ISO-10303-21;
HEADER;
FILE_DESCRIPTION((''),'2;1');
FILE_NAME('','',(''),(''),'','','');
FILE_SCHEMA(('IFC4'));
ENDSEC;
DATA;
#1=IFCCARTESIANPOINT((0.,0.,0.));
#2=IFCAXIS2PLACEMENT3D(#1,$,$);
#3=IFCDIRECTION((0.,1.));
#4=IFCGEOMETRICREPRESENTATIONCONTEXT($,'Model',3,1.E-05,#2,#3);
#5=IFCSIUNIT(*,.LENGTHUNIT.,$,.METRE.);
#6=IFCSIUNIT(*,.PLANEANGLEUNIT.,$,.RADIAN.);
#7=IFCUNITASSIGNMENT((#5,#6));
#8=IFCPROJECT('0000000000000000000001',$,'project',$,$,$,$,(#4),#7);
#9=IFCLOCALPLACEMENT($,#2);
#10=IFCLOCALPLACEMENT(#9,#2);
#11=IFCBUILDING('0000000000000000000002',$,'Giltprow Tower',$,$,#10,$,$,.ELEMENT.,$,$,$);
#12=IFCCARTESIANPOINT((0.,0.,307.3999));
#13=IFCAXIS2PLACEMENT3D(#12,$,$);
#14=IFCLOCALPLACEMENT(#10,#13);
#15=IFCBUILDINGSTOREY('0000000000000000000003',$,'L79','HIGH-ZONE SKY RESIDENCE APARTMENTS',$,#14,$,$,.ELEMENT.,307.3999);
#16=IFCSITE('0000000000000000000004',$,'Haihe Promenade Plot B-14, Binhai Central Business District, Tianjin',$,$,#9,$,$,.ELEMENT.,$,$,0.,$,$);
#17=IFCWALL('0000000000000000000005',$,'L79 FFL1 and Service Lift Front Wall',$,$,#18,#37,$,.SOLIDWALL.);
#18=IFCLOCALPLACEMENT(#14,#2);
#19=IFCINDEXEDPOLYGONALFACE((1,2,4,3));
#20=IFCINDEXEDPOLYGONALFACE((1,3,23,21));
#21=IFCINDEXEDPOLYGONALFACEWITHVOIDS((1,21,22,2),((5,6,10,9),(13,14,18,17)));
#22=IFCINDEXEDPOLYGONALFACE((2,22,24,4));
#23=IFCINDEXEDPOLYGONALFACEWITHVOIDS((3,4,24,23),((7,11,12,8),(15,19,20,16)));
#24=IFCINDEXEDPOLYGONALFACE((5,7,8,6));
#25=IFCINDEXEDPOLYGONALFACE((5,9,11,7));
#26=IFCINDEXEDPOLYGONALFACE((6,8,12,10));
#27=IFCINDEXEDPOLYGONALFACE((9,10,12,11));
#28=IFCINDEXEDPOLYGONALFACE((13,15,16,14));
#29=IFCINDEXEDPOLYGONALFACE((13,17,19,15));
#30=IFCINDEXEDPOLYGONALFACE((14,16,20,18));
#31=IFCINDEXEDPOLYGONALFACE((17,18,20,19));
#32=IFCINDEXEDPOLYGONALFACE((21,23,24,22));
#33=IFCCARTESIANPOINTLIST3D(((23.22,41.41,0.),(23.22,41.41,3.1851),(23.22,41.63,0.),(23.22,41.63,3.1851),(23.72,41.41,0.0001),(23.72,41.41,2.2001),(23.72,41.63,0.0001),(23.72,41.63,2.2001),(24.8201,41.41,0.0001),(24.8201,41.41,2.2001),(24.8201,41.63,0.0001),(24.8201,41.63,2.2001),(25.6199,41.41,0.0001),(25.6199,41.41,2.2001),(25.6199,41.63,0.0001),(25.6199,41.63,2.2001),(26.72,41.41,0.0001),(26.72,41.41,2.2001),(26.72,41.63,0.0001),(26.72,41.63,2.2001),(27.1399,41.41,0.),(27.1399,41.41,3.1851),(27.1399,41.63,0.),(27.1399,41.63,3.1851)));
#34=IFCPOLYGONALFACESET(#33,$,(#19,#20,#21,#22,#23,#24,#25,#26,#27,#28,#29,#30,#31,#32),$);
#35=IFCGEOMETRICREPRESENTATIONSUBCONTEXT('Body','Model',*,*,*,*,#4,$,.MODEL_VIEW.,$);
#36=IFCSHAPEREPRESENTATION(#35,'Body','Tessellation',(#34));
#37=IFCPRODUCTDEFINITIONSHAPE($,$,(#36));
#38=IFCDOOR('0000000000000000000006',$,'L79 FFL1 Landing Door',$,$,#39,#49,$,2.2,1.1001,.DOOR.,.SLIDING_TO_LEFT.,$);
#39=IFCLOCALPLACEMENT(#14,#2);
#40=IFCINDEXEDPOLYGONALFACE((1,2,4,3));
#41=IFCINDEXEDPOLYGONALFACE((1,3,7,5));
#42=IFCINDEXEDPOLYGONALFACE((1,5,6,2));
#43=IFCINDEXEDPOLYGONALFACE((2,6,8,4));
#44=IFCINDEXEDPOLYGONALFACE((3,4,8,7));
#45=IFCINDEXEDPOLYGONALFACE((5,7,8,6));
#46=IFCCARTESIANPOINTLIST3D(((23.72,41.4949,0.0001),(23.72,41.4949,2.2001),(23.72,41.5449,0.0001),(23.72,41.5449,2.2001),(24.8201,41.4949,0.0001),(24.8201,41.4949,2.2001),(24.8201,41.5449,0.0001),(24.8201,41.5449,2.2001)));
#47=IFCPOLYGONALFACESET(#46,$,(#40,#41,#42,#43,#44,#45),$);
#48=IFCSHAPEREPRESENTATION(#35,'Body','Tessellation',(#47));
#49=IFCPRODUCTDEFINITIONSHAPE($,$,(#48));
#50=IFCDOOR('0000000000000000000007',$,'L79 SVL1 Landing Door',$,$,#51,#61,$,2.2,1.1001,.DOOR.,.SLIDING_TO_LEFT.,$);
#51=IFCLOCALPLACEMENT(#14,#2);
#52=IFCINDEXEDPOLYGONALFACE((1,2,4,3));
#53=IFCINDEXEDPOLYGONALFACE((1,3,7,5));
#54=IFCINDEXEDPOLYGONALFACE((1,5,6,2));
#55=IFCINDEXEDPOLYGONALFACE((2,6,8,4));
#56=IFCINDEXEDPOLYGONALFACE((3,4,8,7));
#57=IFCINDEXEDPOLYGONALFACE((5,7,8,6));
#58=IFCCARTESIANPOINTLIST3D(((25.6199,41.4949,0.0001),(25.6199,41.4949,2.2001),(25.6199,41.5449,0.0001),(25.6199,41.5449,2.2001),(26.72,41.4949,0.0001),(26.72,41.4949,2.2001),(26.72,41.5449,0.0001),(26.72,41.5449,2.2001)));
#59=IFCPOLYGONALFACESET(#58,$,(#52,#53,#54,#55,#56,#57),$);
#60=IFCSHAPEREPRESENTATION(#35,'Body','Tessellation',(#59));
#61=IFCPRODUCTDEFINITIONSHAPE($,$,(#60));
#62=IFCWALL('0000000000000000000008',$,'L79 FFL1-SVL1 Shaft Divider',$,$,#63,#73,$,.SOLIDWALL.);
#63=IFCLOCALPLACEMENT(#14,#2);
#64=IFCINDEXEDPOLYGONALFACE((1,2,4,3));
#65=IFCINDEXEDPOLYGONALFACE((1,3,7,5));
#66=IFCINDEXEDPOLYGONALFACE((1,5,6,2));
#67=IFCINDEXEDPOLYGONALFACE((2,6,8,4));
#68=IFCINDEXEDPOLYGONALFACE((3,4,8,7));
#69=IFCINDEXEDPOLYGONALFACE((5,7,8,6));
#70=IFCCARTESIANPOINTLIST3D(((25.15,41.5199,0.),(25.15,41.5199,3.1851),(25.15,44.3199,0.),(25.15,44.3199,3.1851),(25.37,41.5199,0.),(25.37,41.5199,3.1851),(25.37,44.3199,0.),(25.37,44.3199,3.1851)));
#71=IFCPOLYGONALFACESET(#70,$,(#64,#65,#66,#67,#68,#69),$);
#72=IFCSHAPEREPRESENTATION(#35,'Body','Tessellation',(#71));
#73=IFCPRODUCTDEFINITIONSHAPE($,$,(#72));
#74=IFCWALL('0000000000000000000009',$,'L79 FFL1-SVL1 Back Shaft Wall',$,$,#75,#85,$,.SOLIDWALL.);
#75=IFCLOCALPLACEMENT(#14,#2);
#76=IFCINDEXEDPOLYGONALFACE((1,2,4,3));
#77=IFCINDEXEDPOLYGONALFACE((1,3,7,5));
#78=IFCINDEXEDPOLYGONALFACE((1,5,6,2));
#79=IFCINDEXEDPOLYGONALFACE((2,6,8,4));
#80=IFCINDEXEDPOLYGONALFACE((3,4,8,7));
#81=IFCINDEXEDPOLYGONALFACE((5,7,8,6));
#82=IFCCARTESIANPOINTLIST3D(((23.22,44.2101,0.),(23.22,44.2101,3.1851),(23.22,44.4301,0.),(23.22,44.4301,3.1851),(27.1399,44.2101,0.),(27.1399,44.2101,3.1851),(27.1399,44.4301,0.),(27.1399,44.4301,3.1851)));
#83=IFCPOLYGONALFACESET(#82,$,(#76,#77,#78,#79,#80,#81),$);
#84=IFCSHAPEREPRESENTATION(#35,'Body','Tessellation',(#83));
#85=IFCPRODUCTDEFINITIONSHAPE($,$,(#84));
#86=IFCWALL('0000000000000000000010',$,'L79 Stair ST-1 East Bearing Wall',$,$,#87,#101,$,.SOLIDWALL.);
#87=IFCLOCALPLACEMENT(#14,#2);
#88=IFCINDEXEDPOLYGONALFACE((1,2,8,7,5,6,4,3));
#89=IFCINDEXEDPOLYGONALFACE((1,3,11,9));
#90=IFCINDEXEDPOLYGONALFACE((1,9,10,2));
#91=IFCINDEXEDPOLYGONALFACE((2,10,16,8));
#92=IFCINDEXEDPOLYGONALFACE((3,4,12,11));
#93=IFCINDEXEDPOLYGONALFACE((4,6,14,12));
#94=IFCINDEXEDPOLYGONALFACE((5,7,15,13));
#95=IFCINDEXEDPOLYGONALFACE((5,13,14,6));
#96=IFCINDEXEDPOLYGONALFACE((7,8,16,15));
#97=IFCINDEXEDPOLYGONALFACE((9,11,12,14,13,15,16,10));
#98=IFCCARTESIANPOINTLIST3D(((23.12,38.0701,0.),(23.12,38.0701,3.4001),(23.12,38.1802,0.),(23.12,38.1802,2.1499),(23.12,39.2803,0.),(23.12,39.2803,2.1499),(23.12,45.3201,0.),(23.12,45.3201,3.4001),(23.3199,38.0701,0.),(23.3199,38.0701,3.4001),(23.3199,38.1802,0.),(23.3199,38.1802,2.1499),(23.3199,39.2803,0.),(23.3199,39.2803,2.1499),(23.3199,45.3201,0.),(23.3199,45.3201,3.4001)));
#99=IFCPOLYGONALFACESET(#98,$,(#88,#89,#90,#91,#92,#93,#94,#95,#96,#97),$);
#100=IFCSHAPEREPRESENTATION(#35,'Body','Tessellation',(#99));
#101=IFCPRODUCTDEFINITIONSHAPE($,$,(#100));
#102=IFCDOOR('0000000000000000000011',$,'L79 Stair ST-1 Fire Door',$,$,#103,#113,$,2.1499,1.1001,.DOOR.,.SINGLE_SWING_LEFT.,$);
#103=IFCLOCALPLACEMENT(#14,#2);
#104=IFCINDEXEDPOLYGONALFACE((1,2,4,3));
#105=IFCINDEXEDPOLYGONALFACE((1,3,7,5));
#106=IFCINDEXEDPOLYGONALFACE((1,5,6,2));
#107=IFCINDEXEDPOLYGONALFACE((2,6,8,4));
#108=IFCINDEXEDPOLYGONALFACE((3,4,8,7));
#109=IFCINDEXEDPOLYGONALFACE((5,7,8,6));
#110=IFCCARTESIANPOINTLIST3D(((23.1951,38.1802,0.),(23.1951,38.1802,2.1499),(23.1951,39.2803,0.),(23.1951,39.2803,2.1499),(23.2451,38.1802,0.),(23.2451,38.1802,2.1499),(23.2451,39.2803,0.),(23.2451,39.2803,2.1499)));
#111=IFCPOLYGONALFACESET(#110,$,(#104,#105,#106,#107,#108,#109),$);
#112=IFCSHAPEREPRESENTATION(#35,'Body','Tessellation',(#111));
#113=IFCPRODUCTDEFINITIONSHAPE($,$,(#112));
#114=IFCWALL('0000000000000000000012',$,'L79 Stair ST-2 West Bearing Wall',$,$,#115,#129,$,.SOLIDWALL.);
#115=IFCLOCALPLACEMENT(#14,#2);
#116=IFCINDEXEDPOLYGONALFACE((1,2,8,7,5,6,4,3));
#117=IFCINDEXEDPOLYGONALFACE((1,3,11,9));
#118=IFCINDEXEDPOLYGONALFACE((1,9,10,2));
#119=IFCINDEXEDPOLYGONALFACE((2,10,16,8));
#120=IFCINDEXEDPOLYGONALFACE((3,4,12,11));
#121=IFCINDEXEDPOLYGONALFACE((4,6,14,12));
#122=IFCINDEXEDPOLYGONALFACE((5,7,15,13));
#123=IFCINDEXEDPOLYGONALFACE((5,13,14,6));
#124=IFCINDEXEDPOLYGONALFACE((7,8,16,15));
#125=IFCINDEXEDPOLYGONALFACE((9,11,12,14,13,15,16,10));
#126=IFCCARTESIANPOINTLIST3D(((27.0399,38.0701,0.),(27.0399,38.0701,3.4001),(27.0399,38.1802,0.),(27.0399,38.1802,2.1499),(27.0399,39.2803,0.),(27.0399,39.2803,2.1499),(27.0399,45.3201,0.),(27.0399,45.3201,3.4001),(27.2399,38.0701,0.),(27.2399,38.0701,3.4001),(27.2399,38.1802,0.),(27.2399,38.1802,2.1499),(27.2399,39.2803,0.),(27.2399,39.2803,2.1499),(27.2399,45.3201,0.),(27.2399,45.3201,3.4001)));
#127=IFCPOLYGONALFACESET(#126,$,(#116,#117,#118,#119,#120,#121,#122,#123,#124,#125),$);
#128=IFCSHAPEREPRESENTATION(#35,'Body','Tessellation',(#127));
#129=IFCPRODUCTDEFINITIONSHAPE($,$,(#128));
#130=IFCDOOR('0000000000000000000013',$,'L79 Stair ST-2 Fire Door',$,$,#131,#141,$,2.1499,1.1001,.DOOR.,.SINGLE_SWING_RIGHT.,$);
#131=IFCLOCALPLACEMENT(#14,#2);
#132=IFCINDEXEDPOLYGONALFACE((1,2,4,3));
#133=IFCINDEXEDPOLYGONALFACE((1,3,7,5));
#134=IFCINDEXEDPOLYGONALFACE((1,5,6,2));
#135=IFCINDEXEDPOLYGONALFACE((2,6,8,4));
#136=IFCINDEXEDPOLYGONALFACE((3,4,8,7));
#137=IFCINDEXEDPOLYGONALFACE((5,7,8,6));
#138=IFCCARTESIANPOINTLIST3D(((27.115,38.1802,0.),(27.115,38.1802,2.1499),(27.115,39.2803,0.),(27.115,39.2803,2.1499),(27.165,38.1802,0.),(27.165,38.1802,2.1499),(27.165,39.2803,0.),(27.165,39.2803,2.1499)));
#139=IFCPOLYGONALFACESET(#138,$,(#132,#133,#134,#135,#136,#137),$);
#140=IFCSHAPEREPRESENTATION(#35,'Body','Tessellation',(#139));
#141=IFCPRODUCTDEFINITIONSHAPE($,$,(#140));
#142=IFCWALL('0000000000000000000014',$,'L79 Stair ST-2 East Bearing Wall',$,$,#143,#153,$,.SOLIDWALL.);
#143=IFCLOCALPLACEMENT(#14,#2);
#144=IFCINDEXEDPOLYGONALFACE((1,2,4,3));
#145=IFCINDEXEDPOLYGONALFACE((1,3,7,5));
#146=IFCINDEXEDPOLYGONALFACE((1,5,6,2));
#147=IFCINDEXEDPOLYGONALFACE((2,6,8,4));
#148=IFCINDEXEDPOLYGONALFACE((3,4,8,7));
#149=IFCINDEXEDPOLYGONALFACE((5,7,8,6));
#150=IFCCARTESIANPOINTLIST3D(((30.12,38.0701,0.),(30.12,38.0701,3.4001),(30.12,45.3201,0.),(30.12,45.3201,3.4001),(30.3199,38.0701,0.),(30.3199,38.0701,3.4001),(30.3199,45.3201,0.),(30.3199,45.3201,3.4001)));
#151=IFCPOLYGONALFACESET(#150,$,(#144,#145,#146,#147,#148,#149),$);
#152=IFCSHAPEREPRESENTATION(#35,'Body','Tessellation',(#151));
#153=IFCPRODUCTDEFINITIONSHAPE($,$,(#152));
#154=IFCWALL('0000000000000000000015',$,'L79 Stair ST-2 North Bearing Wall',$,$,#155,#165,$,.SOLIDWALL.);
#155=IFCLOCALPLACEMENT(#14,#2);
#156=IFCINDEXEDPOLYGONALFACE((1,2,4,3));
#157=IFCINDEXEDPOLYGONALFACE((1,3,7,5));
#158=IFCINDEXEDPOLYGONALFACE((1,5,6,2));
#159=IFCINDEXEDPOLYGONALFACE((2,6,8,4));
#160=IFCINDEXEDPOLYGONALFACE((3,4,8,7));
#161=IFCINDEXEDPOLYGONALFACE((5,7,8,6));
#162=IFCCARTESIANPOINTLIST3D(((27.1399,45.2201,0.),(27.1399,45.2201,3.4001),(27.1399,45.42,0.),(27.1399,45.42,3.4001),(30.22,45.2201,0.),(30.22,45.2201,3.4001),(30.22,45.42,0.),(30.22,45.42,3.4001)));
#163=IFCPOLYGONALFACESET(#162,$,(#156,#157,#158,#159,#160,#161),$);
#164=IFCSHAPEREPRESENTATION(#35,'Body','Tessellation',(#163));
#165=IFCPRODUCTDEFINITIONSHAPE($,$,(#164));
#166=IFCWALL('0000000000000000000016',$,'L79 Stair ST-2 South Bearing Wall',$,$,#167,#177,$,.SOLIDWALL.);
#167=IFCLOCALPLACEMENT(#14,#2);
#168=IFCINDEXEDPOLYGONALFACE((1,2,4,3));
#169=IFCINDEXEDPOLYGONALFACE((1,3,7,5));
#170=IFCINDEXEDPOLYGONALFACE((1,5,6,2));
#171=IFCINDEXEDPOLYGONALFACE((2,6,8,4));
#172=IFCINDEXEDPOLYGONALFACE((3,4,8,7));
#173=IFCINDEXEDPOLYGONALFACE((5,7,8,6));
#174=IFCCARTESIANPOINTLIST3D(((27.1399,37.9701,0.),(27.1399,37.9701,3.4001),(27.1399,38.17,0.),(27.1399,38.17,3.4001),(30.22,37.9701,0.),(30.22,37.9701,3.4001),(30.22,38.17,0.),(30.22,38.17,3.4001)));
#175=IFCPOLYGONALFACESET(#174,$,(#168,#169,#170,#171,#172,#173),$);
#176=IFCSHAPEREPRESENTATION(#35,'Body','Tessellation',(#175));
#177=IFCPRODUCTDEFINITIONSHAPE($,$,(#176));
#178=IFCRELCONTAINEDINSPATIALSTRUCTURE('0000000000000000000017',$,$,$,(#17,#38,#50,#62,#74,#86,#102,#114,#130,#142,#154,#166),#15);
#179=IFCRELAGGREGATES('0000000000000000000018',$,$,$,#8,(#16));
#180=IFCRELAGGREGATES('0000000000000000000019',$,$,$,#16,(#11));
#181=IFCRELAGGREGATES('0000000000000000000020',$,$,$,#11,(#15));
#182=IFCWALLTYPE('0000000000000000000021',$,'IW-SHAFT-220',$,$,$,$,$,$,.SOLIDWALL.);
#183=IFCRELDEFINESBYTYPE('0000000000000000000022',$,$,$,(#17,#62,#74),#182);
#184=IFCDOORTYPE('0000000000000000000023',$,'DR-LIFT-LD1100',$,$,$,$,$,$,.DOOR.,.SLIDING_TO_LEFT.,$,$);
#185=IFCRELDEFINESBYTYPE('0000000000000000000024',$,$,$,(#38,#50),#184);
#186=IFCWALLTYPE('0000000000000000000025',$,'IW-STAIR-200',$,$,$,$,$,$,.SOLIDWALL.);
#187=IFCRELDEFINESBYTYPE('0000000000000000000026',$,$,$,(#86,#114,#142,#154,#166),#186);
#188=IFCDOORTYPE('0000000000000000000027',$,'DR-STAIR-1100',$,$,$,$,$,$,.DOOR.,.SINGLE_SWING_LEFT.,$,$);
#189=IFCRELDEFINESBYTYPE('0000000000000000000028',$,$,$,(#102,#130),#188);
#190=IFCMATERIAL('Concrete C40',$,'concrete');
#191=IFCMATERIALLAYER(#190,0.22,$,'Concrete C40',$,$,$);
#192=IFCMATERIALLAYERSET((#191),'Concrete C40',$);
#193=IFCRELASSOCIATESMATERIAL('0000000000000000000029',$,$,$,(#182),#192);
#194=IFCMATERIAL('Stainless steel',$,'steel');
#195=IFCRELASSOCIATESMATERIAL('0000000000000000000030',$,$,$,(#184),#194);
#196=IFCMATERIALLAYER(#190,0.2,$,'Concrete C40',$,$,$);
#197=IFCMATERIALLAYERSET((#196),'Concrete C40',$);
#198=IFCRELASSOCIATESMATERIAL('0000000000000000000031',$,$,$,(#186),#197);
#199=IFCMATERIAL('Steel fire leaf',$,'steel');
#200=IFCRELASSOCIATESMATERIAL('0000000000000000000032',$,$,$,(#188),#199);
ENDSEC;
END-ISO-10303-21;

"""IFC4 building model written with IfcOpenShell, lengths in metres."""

from ifc_helpers import new_model, si_unit, direction, frame, frame_2d, origin, place, context, subcontext, project, spatial, rectangle, extrude, source, transform, mapped, material, layer, layer_set, type_object, element, fill, save


model = new_model("IFC4")

# Units and contexts
model_context = context("Model", 3, precision=1e-05, world=origin(), true_north=direction((0.0, 1.0)))
body_context = subcontext(model_context, "Body", "Model", "MODEL_VIEW")
ifc_project = project(units=[si_unit("LENGTHUNIT", "METRE"), si_unit("PLANEANGLEUNIT", "RADIAN")], contexts=[model_context])

# Site, building, storey
site_placement = place(None, origin())
site = spatial("IfcSite", under=ifc_project, at=site_placement, Name="Haihe Promenade Plot B-14, Binhai Central Business District, Tianjin", CompositionType="ELEMENT", RefElevation=0.0)
building_placement = place(site_placement, origin())
building = spatial("IfcBuilding", under=site, at=building_placement, Name="Giltprow Tower", CompositionType="ELEMENT")
storey_placement = place(building_placement, frame((0.0, 0.0, 307.3999)))
storey = spatial("IfcBuildingStorey", under=building, at=storey_placement, Name="L79", Description="HIGH-ZONE SKY RESIDENCE APARTMENTS", CompositionType="ELEMENT", Elevation=307.3999)

# Wall, openings, doors
ifc_material_1 = material(Name="Concrete C40", Category="concrete")
ifc_layer_1 = layer(ifc_material_1, 0.22, Name="Concrete C40")
ifc_layer_set_1 = layer_set([ifc_layer_1], Name="Concrete C40")
wall_type_1 = type_object("IfcWallType", Name="IW-SHAFT-220", PredefinedType="SOLIDWALL", material=ifc_layer_set_1)
wall_1_placement = place(storey_placement, frame((23.22, 41.52, 0.0), z_axis=(0.0, 0.0, 1.0), x_axis=(1.0, 0.0, 0.0)))
wall_1 = element("IfcWall", 1, at=wall_1_placement, inside=storey, type_object=wall_type_1, Name="L79 FFL1 and Service Lift Front Wall", PredefinedType="SOLIDWALL", context=body_context, shape_type="SweptSolid", body=[
    extrude(rectangle(XDim=3.9199, YDim=0.22, at=frame_2d((1.96, 0.0))), origin(), (0.0, 0.0, 1.0), 3.1851),
])
opening_1_placement = place(wall_1_placement, frame((0.5, 0.0, 0.0)))
opening_1 = element("IfcOpeningElement", 2, at=opening_1_placement, cuts=wall_1, PredefinedType="OPENING", context=body_context, shape_type="SweptSolid", body=[
    extrude(rectangle(XDim=1.1001, YDim=2.2, at=frame_2d((0.55, 1.1001))), frame((0.0, 0.1199, 0.0), z_axis=(0.0, -1.0, 0.0), x_axis=(1.0, 0.0, 0.0)), (0.0, 0.0, 1.0), 0.24),
])
opening_2_placement = place(wall_1_placement, frame((2.3999, 0.0, 0.0)))
opening_2 = element("IfcOpeningElement", 3, at=opening_2_placement, cuts=wall_1, PredefinedType="OPENING", context=body_context, shape_type="SweptSolid", body=[
    extrude(rectangle(XDim=1.1001, YDim=2.2, at=frame_2d((0.55, 1.1001))), frame((0.0, 0.1199, 0.0), z_axis=(0.0, -1.0, 0.0), x_axis=(1.0, 0.0, 0.0)), (0.0, 0.0, 1.0), 0.24),
])
ifc_material_2 = material(Name="Stainless steel", Category="steel")
door_type_1 = type_object("IfcDoorType", Name="DR-LIFT-LD1100", OperationType="SLIDING_TO_LEFT", PredefinedType="DOOR", material=ifc_material_2)
shared_shape_1 = source(origin(), body_context, "Body", "SweptSolid", [
    extrude(rectangle(XDim=1.1001, YDim=2.2, at=frame_2d((0.55, 1.1001))), frame((0.0, 0.0249, 0.0), z_axis=(0.0, -1.0, 0.0), x_axis=(1.0, 0.0, 0.0)), (0.0, 0.0, 1.0), 0.05),
])
door_1_placement = place(opening_1_placement, origin())
door_1 = element("IfcDoor", 4, at=door_1_placement, inside=storey, type_object=door_type_1, Name="L79 FFL1 Landing Door", OperationType="SLIDING_TO_LEFT", OverallHeight=2.2, OverallWidth=1.1001, PredefinedType="DOOR", context=body_context, shape_type="MappedRepresentation", body=[
    mapped(shared_shape_1, transform((0.0, 0.0, 0.0), x_axis=(1.0, 0.0, 0.0), y_axis=(0.0, 1.0, 0.0), z_axis=(0.0, 0.0, 1.0), scale=1.0)),
])
fill(opening_1, door_1)
door_2_placement = place(opening_2_placement, origin())
door_2 = element("IfcDoor", 5, at=door_2_placement, inside=storey, type_object=door_type_1, Name="L79 SVL1 Landing Door", OperationType="SLIDING_TO_LEFT", OverallHeight=2.2, OverallWidth=1.1001, PredefinedType="DOOR", context=body_context, shape_type="MappedRepresentation", body=[
    mapped(shared_shape_1, transform((0.0, 0.0, 0.0), x_axis=(1.0, 0.0, 0.0), y_axis=(0.0, 1.0, 0.0), z_axis=(0.0, 0.0, 1.0), scale=1.0)),
])
fill(opening_2, door_2)

# Walls
wall_2_placement = place(storey_placement, frame((25.26, 41.52, 0.0), z_axis=(0.0, 0.0, 1.0), x_axis=(0.0, 1.0, 0.0)))
element("IfcWall", 6, at=wall_2_placement, inside=storey, type_object=wall_type_1, Name="L79 FFL1-SVL1 Shaft Divider", PredefinedType="SOLIDWALL", context=body_context, shape_type="SweptSolid", body=[
    extrude(rectangle(XDim=2.8, YDim=0.22, at=frame_2d((1.3999, 0.0))), origin(), (0.0, 0.0, 1.0), 3.1851),
])
wall_3_placement = place(storey_placement, frame((23.22, 44.3201, 0.0), z_axis=(0.0, 0.0, 1.0), x_axis=(1.0, 0.0, 0.0)))
element("IfcWall", 7, at=wall_3_placement, inside=storey, type_object=wall_type_1, Name="L79 FFL1-SVL1 Back Shaft Wall", PredefinedType="SOLIDWALL", context=body_context, shape_type="SweptSolid", body=[
    extrude(rectangle(XDim=3.9199, YDim=0.22, at=frame_2d((1.96, 0.0))), origin(), (0.0, 0.0, 1.0), 3.1851),
])

# Walls, openings, doors
ifc_layer_2 = layer(ifc_material_1, 0.2, Name="Concrete C40")
ifc_layer_set_2 = layer_set([ifc_layer_2], Name="Concrete C40")
wall_type_2 = type_object("IfcWallType", Name="IW-STAIR-200", PredefinedType="SOLIDWALL", material=ifc_layer_set_2)
wall_4_placement = place(storey_placement, frame((23.22, 38.0701, 0.0), z_axis=(0.0, 0.0, 1.0), x_axis=(0.0, 1.0, 0.0)))
wall_4 = element("IfcWall", 8, at=wall_4_placement, inside=storey, type_object=wall_type_2, Name="L79 Stair ST-1 East Bearing Wall", PredefinedType="SOLIDWALL", context=body_context, shape_type="SweptSolid", body=[
    extrude(rectangle(XDim=7.25, YDim=0.2, at=frame_2d((3.625, 0.0))), origin(), (0.0, 0.0, 1.0), 3.4001),
])
opening_3_placement = place(wall_4_placement, frame((0.1101, 0.0, 0.0)))
opening_3 = element("IfcOpeningElement", 9, at=opening_3_placement, cuts=wall_4, PredefinedType="OPENING", context=body_context, shape_type="SweptSolid", body=[
    extrude(rectangle(XDim=1.1001, YDim=2.1499, at=frame_2d((0.55, 1.075))), frame((0.0, 0.1099, 0.0), z_axis=(0.0, -1.0, 0.0), x_axis=(1.0, 0.0, 0.0)), (0.0, 0.0, 1.0), 0.22),
])
ifc_material_3 = material(Name="Steel fire leaf", Category="steel")
door_type_2 = type_object("IfcDoorType", Name="DR-STAIR-1100", OperationType="SINGLE_SWING_LEFT", PredefinedType="DOOR", material=ifc_material_3)
shared_shape_2 = source(origin(), body_context, "Body", "SweptSolid", [
    extrude(rectangle(XDim=1.1001, YDim=2.1499, at=frame_2d((0.55, 1.075))), frame((0.0, 0.0249, 0.0), z_axis=(0.0, -1.0, 0.0), x_axis=(1.0, 0.0, 0.0)), (0.0, 0.0, 1.0), 0.05),
])
door_3_placement = place(opening_3_placement, origin())
door_3 = element("IfcDoor", 10, at=door_3_placement, inside=storey, type_object=door_type_2, Name="L79 Stair ST-1 Fire Door", OperationType="SINGLE_SWING_LEFT", OverallHeight=2.1499, OverallWidth=1.1001, PredefinedType="DOOR", context=body_context, shape_type="MappedRepresentation", body=[
    mapped(shared_shape_2, transform((0.0, 0.0, 0.0), x_axis=(1.0, 0.0, 0.0), y_axis=(0.0, 1.0, 0.0), z_axis=(0.0, 0.0, 1.0), scale=1.0)),
])
fill(opening_3, door_3)
wall_5_placement = place(storey_placement, frame((27.1399, 38.0701, 0.0), z_axis=(0.0, 0.0, 1.0), x_axis=(0.0, 1.0, 0.0)))
wall_5 = element("IfcWall", 11, at=wall_5_placement, inside=storey, type_object=wall_type_2, Name="L79 Stair ST-2 West Bearing Wall", PredefinedType="SOLIDWALL", context=body_context, shape_type="SweptSolid", body=[
    extrude(rectangle(XDim=7.25, YDim=0.2, at=frame_2d((3.625, 0.0))), origin(), (0.0, 0.0, 1.0), 3.4001),
])
opening_4_placement = place(wall_5_placement, frame((0.1101, 0.0, 0.0)))
opening_4 = element("IfcOpeningElement", 12, at=opening_4_placement, cuts=wall_5, PredefinedType="OPENING", context=body_context, shape_type="SweptSolid", body=[
    extrude(rectangle(XDim=1.1001, YDim=2.1499, at=frame_2d((0.55, 1.075))), frame((0.0, 0.1099, 0.0), z_axis=(0.0, -1.0, 0.0), x_axis=(1.0, 0.0, 0.0)), (0.0, 0.0, 1.0), 0.22),
])
door_4_placement = place(opening_4_placement, origin())
door_4 = element("IfcDoor", 13, at=door_4_placement, inside=storey, type_object=door_type_2, Name="L79 Stair ST-2 Fire Door", OperationType="SINGLE_SWING_RIGHT", OverallHeight=2.1499, OverallWidth=1.1001, PredefinedType="DOOR", context=body_context, shape_type="MappedRepresentation", body=[
    mapped(shared_shape_2, transform((0.0, 0.0, 0.0), x_axis=(1.0, 0.0, 0.0), y_axis=(0.0, 1.0, 0.0), z_axis=(0.0, 0.0, 1.0), scale=1.0)),
])
fill(opening_4, door_4)

# Walls
wall_6_placement = place(storey_placement, frame((30.22, 38.0701, 0.0), z_axis=(0.0, 0.0, 1.0), x_axis=(0.0, 1.0, 0.0)))
element("IfcWall", 14, at=wall_6_placement, inside=storey, type_object=wall_type_2, Name="L79 Stair ST-2 East Bearing Wall", PredefinedType="SOLIDWALL", context=body_context, shape_type="SweptSolid", body=[
    extrude(rectangle(XDim=7.25, YDim=0.2, at=frame_2d((3.625, 0.0))), origin(), (0.0, 0.0, 1.0), 3.4001),
])
for number, where, z_axis, x_axis, name in (
    (15, (27.1399, 45.3201, 0.0), (0.0, 0.0, 1.0), (1.0, 0.0, 0.0), "L79 Stair ST-2 North Bearing Wall"),
    (16, (27.1399, 38.0701, 0.0), (0.0, 0.0, 1.0), (1.0, 0.0, 0.0), "L79 Stair ST-2 South Bearing Wall"),
):
    element("IfcWall", number, at=place(storey_placement, frame(where, z_axis=z_axis, x_axis=x_axis)), inside=storey, type_object=wall_type_2, Name=name, PredefinedType="SOLIDWALL", context=body_context, shape_type="SweptSolid", body=[
        extrude(rectangle(XDim=3.0801, YDim=0.2, at=frame_2d((1.54, 0.0))), origin(), (0.0, 0.0, 1.0), 3.4001),
    ])

save(model, "model.ifc")
